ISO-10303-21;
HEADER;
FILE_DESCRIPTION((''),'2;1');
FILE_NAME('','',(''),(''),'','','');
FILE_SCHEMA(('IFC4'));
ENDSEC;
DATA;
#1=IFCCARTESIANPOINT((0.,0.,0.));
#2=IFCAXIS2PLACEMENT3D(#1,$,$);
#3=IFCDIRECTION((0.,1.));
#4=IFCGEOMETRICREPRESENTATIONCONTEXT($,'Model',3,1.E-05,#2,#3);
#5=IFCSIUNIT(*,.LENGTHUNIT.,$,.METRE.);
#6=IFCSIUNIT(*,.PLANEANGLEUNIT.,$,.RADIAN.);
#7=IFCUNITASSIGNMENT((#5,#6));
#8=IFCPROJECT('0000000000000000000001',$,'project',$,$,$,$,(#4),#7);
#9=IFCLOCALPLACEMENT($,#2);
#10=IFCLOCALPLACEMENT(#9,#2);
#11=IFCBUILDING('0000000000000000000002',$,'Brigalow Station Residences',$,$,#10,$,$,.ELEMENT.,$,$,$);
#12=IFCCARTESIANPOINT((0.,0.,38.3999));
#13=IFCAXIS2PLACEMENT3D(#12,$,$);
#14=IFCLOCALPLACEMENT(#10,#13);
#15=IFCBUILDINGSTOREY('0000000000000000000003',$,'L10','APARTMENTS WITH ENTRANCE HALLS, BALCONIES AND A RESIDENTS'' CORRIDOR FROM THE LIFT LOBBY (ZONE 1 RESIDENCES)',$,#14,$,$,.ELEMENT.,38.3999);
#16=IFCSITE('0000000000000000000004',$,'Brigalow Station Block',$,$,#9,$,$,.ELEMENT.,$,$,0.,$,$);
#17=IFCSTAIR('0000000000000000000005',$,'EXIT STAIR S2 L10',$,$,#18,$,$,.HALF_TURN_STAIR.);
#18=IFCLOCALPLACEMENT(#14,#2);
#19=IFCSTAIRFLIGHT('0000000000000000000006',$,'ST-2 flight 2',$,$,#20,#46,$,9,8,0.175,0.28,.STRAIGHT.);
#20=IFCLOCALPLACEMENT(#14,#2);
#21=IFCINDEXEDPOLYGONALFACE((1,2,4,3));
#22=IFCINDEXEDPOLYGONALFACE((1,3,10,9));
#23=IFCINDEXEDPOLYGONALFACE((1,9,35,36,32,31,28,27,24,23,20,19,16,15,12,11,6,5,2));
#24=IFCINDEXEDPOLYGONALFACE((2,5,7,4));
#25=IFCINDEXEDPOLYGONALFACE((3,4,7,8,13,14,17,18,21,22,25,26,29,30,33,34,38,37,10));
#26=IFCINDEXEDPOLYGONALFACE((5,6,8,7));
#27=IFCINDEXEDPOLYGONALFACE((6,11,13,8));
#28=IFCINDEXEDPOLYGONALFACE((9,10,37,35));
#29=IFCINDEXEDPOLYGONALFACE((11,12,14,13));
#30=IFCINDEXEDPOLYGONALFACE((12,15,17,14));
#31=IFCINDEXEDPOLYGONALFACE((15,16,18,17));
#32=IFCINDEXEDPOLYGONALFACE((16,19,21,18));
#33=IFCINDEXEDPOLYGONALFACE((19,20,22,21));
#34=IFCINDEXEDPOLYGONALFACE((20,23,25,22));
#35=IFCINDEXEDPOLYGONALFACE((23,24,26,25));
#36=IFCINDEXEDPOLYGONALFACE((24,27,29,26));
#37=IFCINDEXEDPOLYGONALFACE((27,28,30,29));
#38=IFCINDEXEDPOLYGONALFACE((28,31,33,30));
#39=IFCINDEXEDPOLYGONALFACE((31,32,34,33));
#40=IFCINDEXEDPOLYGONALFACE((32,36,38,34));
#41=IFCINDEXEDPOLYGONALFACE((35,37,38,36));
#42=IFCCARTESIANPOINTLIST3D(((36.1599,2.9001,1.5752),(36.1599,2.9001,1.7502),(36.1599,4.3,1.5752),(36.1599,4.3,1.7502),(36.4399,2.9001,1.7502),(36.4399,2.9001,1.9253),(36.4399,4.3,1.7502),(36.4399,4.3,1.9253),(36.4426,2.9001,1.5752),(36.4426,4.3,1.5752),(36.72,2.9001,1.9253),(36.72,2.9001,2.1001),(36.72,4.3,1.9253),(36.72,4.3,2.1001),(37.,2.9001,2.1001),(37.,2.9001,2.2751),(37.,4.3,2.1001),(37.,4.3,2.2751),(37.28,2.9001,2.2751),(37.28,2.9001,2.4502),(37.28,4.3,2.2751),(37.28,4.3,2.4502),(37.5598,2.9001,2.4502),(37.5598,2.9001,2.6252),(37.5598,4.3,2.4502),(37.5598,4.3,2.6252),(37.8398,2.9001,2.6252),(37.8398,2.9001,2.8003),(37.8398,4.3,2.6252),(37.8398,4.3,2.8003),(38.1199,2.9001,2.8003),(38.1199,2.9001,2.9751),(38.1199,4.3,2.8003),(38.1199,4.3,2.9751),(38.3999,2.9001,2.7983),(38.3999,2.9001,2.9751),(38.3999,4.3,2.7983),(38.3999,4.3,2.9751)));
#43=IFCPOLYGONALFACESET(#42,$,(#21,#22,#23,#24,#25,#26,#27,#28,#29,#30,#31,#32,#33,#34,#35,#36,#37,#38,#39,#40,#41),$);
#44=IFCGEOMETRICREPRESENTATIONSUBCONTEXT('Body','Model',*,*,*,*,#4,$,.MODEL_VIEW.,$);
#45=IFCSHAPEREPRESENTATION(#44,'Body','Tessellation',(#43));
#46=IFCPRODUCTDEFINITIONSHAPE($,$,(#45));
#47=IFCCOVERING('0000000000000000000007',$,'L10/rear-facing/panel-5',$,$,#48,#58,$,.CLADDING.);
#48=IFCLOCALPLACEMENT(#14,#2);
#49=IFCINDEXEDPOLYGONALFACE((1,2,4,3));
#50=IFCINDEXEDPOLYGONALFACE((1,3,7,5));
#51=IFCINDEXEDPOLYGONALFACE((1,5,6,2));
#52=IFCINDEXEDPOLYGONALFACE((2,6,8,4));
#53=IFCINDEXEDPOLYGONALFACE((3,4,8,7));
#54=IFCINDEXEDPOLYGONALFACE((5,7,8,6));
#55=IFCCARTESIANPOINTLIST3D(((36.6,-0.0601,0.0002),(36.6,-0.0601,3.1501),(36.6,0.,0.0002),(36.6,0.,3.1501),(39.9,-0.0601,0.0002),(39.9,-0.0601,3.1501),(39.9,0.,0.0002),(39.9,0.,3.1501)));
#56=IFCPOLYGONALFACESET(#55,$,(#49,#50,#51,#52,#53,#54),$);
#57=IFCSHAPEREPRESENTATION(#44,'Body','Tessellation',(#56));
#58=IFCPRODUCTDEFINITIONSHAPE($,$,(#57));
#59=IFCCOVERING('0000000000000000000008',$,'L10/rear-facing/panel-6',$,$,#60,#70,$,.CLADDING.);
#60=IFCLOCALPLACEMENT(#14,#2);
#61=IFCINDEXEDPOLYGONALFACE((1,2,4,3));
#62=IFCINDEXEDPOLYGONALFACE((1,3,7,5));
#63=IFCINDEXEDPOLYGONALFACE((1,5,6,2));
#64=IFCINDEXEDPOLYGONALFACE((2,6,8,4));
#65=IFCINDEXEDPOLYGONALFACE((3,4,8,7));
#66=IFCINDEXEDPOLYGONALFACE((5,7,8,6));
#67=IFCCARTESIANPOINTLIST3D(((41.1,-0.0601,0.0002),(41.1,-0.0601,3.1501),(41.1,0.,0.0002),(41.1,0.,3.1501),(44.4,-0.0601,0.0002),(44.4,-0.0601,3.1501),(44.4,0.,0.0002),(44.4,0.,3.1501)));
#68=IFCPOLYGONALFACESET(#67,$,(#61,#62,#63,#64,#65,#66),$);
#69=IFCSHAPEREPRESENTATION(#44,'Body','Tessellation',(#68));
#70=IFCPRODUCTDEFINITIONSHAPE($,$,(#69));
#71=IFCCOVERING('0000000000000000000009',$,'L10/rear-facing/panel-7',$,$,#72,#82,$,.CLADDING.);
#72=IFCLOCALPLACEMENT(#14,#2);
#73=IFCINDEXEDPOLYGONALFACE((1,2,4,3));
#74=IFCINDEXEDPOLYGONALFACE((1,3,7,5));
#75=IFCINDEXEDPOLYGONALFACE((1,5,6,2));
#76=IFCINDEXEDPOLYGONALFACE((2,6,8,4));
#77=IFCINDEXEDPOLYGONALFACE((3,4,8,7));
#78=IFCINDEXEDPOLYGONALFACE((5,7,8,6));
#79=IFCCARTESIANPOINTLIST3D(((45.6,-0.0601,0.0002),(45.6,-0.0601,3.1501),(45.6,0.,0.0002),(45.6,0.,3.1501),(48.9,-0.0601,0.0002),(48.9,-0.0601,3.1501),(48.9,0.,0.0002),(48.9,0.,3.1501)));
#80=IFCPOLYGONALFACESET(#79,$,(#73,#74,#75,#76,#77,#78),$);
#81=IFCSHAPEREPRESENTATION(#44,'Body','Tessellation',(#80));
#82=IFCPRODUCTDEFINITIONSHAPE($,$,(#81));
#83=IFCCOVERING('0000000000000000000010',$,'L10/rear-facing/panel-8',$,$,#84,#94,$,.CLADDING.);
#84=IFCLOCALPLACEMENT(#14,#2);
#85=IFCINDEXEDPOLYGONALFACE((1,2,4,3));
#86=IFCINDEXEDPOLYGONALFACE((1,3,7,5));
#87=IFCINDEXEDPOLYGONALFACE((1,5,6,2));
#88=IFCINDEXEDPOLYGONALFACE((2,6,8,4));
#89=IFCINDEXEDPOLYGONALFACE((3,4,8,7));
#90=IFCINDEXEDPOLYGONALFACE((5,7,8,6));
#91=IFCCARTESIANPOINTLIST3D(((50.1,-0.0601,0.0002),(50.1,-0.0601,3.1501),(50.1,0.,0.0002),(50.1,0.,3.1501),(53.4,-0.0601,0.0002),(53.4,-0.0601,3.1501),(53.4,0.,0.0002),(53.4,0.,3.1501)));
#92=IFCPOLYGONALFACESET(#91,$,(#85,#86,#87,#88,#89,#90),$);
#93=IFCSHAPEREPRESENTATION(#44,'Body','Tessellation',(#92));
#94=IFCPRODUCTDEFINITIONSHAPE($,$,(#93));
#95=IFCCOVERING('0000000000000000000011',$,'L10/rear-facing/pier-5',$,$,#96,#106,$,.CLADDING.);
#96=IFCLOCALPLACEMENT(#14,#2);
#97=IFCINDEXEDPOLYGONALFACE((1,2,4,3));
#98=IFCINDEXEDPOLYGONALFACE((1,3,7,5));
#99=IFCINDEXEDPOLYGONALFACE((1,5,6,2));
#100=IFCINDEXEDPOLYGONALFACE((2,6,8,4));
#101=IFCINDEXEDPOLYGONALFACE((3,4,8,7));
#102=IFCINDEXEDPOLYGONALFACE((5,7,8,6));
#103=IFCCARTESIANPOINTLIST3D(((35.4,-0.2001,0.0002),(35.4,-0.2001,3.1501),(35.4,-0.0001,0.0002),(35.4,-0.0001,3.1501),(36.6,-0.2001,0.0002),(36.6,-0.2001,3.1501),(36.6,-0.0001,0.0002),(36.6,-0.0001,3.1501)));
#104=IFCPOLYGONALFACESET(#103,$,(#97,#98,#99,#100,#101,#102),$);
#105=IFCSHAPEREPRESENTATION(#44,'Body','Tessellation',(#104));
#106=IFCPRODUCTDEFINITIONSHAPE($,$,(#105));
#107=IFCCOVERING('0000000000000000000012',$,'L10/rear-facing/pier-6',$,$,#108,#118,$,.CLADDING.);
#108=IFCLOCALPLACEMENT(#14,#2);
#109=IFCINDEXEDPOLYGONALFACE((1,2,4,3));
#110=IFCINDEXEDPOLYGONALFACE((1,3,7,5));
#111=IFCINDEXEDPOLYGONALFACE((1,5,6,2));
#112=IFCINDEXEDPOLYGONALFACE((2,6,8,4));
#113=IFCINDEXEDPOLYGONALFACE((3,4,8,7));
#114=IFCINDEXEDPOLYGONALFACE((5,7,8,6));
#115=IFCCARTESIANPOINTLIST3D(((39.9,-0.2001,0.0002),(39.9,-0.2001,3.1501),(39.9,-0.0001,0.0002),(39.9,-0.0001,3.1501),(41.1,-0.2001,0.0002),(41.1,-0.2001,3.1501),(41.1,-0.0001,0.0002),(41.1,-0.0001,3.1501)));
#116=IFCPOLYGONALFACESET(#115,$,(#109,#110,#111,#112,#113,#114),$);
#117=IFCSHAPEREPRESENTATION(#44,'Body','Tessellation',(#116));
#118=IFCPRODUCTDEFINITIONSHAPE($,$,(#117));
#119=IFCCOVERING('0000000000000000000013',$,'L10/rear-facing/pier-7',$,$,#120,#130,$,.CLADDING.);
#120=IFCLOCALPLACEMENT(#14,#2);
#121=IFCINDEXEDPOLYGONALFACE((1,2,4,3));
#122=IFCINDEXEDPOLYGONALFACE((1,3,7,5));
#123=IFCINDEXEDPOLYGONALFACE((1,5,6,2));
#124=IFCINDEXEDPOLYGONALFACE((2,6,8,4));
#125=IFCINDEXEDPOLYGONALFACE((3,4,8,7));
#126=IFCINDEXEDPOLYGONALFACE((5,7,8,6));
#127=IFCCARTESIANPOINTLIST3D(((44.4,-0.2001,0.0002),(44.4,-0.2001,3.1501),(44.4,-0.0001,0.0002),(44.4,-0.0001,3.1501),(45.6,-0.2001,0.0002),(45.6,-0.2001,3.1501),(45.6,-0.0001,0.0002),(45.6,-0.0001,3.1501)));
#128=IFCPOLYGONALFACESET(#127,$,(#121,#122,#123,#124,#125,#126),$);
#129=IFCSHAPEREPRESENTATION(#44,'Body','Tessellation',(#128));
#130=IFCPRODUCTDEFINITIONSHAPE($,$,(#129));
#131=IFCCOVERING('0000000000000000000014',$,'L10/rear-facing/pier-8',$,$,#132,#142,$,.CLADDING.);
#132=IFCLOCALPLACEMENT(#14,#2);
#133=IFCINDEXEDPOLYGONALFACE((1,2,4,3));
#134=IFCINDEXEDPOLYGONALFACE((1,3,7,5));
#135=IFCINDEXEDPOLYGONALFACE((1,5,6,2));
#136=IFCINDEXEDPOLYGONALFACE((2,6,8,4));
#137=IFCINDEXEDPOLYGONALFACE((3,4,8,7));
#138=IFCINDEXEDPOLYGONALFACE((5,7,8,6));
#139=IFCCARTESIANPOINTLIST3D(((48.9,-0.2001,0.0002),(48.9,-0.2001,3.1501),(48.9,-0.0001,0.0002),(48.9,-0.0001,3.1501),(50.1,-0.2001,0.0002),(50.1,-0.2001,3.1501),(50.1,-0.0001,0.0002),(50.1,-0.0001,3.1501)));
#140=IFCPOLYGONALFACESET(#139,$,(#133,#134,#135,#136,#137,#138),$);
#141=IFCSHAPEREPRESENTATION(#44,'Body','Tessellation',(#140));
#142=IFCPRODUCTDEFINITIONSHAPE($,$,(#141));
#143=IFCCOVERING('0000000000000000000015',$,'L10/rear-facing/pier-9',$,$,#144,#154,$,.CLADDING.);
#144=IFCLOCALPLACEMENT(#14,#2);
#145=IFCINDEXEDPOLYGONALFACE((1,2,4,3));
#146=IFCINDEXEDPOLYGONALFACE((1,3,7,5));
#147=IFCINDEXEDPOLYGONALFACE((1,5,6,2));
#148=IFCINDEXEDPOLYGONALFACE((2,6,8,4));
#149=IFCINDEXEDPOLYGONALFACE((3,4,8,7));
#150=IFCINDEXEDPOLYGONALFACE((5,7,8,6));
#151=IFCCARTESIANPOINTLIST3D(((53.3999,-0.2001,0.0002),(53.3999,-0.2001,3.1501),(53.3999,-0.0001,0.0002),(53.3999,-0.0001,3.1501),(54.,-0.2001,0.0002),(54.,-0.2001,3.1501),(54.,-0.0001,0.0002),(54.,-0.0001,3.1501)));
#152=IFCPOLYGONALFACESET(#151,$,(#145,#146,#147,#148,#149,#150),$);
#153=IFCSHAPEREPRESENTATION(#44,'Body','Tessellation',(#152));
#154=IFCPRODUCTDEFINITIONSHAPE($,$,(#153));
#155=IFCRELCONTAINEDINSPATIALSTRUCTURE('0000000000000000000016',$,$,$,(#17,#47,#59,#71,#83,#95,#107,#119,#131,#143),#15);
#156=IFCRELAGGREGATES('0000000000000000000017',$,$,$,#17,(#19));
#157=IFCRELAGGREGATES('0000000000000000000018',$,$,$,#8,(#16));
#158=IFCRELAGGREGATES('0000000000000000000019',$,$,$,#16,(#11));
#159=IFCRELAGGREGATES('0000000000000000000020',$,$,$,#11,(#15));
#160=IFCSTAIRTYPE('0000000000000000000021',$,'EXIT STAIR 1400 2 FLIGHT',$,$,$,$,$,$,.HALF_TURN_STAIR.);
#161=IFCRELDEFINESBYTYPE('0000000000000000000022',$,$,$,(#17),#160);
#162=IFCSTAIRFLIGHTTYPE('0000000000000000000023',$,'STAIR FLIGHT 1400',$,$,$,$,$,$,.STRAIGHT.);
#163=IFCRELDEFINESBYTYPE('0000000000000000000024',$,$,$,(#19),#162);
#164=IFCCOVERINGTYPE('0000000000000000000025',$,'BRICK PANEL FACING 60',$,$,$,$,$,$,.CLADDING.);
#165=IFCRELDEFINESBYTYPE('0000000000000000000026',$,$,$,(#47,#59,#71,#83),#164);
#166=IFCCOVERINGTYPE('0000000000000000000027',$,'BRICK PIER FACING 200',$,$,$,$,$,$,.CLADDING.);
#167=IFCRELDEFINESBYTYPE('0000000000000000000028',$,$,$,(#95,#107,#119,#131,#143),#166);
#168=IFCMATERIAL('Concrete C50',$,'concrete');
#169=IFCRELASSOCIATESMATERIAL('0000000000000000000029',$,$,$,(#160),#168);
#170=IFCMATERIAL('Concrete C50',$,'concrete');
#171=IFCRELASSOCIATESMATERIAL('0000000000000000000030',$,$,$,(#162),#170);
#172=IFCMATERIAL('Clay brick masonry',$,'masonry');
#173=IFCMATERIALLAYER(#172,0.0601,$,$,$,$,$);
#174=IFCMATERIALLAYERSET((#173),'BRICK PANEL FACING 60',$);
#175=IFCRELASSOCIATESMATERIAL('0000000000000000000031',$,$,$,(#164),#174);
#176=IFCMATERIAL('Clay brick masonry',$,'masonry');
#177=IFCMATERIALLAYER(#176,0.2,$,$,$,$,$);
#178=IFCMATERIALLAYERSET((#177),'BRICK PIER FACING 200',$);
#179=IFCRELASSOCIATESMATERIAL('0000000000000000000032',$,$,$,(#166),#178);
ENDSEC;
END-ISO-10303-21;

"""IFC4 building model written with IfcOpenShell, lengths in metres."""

from ifc_helpers import new_model, si_unit, direction, frame, origin, origin_2d, place, context, subcontext, project, spatial, polyline, rectangle, outline, extrude, material, layer, layer_set, type_object, element, aggregate, save


model = new_model("IFC4")

# Units and contexts
model_context = context("Model", 3, precision=1e-05, world=origin(), true_north=direction((0.0, 1.0)))
body_context = subcontext(model_context, "Body", "Model", "MODEL_VIEW")
ifc_project = project(units=[si_unit("LENGTHUNIT", "METRE"), si_unit("PLANEANGLEUNIT", "RADIAN")], contexts=[model_context])

# Site, building, storey
site_placement = place(None, origin())
site = spatial("IfcSite", under=ifc_project, at=site_placement, Name="Brigalow Station Block", CompositionType="ELEMENT", RefElevation=0.0)
building_placement = place(site_placement, origin())
building = spatial("IfcBuilding", under=site, at=building_placement, Name="Brigalow Station Residences", CompositionType="ELEMENT")
storey_placement = place(building_placement, frame((0.0, 0.0, 38.3999)))
storey = spatial("IfcBuildingStorey", under=building, at=storey_placement, Name="L10", Description="APARTMENTS WITH ENTRANCE HALLS, BALCONIES AND A RESIDENTS' CORRIDOR FROM THE LIFT LOBBY (ZONE 1 RESIDENCES)", CompositionType="ELEMENT", Elevation=38.3999)

# Stair, stair flight
ifc_material_1 = material(Name="Concrete C50", Category="concrete")
stair_type = type_object("IfcStairType", Name="EXIT STAIR 1400 2 FLIGHT", PredefinedType="HALF_TURN_STAIR", material=ifc_material_1)
stair_placement = place(storey_placement, origin())
stair = element("IfcStair", 1, at=stair_placement, inside=storey, type_object=stair_type, Name="EXIT STAIR S2 L10", PredefinedType="HALF_TURN_STAIR")
ifc_material_2 = material(Name="Concrete C50", Category="concrete")
stair_flight_type = type_object("IfcStairFlightType", Name="STAIR FLIGHT 1400", PredefinedType="STRAIGHT", material=ifc_material_2)
stair_flight_1_placement = place(storey_placement, frame((36.1599, 3.6001, 1.5752), z_axis=(0.0, 0.0, 1.0), x_axis=(1.0, 0.0, 0.0)))
stair_flight_1 = element("IfcStairFlight", 2, at=stair_flight_1_placement, type_object=stair_flight_type, Name="ST-2 flight 2", NumberOfRisers=9, NumberOfTreads=8, PredefinedType="STRAIGHT", RiserHeight=0.175, TreadLength=0.28, context=body_context, shape_type="SweptSolid", body=[
    extrude(outline(polyline([(0.0, 0.0), (0.0, 0.175), (0.28, 0.175), (0.28, 0.3501), (0.5601, 0.3501), (0.5601, 0.5249), (0.8401, 0.5249), (0.8401, 0.7), (1.1201, 0.7), (1.1201, 0.875), (1.3999, 0.875), (1.3999, 1.05), (1.6799, 1.05), (1.6799, 1.2251), (1.96, 1.2251), (1.96, 1.3999), (2.24, 1.3999), (2.24, 1.575), (2.24, 1.2231), (0.2827, 0.0), (0.0, 0.0)])), frame((0.0, 0.7, 0.0), z_axis=(0.0, -1.0, 0.0), x_axis=(1.0, 0.0, 0.0)), (0.0, 0.0, 1.0), 1.3999),
])
aggregate(stair, [stair_flight_1])

# Coverings
ifc_material_3 = material(Name="Clay brick masonry", Category="masonry")
ifc_layer_1 = layer(ifc_material_3, 0.0601)
ifc_layer_set_1 = layer_set([ifc_layer_1], Name="BRICK PANEL FACING 60")
covering_type_1 = type_object("IfcCoveringType", Name="BRICK PANEL FACING 60", PredefinedType="CLADDING", material=ifc_layer_set_1)
for number, where, z_axis, x_axis, name in (
    (3, (38.25, -0.03, 0.0002), (0.0, 0.0, 1.0), (1.0, 0.0, 0.0), "L10/rear-facing/panel-5"),
    (4, (42.75, -0.03, 0.0002), (0.0, 0.0, 1.0), (1.0, 0.0, 0.0), "L10/rear-facing/panel-6"),
    (5, (47.25, -0.03, 0.0002), (0.0, 0.0, 1.0), (1.0, 0.0, 0.0), "L10/rear-facing/panel-7"),
    (6, (51.75, -0.03, 0.0002), (0.0, 0.0, 1.0), (1.0, 0.0, 0.0), "L10/rear-facing/panel-8"),
):
    element("IfcCovering", number, at=place(storey_placement, frame(where, z_axis=z_axis, x_axis=x_axis)), inside=storey, type_object=covering_type_1, Name=name, PredefinedType="CLADDING", context=body_context, shape_type="SweptSolid", body=[
        extrude(rectangle(XDim=3.3, YDim=0.0601, at=origin_2d()), origin(), (0.0, 0.0, 1.0), 3.1499),
    ])
ifc_material_4 = material(Name="Clay brick masonry", Category="masonry")
ifc_layer_2 = layer(ifc_material_4, 0.2)
ifc_layer_set_2 = layer_set([ifc_layer_2], Name="BRICK PIER FACING 200")
covering_type_2 = type_object("IfcCoveringType", Name="BRICK PIER FACING 200", PredefinedType="CLADDING", material=ifc_layer_set_2)
for number, where, z_axis, x_axis, name in (
    (7, (36.0, -0.1001, 0.0002), (0.0, 0.0, 1.0), (1.0, 0.0, 0.0), "L10/rear-facing/pier-5"),
    (8, (40.5, -0.1001, 0.0002), (0.0, 0.0, 1.0), (1.0, 0.0, 0.0), "L10/rear-facing/pier-6"),
    (9, (45.0, -0.1001, 0.0002), (0.0, 0.0, 1.0), (1.0, 0.0, 0.0), "L10/rear-facing/pier-7"),
    (10, (49.5, -0.1001, 0.0002), (0.0, 0.0, 1.0), (1.0, 0.0, 0.0), "L10/rear-facing/pier-8"),
):
    element("IfcCovering", number, at=place(storey_placement, frame(where, z_axis=z_axis, x_axis=x_axis)), inside=storey, type_object=covering_type_2, Name=name, PredefinedType="CLADDING", context=body_context, shape_type="SweptSolid", body=[
        extrude(rectangle(XDim=1.2, YDim=0.2, at=origin_2d()), origin(), (0.0, 0.0, 1.0), 3.1499),
    ])
covering_placement = place(storey_placement, frame((53.7, -0.1001, 0.0002), z_axis=(0.0, 0.0, 1.0), x_axis=(1.0, 0.0, 0.0)))
element("IfcCovering", 11, at=covering_placement, inside=storey, type_object=covering_type_2, Name="L10/rear-facing/pier-9", PredefinedType="CLADDING", context=body_context, shape_type="SweptSolid", body=[
    extrude(rectangle(XDim=0.6001, YDim=0.2, at=origin_2d()), origin(), (0.0, 0.0, 1.0), 3.1499),
])

save(model, "model.ifc")
